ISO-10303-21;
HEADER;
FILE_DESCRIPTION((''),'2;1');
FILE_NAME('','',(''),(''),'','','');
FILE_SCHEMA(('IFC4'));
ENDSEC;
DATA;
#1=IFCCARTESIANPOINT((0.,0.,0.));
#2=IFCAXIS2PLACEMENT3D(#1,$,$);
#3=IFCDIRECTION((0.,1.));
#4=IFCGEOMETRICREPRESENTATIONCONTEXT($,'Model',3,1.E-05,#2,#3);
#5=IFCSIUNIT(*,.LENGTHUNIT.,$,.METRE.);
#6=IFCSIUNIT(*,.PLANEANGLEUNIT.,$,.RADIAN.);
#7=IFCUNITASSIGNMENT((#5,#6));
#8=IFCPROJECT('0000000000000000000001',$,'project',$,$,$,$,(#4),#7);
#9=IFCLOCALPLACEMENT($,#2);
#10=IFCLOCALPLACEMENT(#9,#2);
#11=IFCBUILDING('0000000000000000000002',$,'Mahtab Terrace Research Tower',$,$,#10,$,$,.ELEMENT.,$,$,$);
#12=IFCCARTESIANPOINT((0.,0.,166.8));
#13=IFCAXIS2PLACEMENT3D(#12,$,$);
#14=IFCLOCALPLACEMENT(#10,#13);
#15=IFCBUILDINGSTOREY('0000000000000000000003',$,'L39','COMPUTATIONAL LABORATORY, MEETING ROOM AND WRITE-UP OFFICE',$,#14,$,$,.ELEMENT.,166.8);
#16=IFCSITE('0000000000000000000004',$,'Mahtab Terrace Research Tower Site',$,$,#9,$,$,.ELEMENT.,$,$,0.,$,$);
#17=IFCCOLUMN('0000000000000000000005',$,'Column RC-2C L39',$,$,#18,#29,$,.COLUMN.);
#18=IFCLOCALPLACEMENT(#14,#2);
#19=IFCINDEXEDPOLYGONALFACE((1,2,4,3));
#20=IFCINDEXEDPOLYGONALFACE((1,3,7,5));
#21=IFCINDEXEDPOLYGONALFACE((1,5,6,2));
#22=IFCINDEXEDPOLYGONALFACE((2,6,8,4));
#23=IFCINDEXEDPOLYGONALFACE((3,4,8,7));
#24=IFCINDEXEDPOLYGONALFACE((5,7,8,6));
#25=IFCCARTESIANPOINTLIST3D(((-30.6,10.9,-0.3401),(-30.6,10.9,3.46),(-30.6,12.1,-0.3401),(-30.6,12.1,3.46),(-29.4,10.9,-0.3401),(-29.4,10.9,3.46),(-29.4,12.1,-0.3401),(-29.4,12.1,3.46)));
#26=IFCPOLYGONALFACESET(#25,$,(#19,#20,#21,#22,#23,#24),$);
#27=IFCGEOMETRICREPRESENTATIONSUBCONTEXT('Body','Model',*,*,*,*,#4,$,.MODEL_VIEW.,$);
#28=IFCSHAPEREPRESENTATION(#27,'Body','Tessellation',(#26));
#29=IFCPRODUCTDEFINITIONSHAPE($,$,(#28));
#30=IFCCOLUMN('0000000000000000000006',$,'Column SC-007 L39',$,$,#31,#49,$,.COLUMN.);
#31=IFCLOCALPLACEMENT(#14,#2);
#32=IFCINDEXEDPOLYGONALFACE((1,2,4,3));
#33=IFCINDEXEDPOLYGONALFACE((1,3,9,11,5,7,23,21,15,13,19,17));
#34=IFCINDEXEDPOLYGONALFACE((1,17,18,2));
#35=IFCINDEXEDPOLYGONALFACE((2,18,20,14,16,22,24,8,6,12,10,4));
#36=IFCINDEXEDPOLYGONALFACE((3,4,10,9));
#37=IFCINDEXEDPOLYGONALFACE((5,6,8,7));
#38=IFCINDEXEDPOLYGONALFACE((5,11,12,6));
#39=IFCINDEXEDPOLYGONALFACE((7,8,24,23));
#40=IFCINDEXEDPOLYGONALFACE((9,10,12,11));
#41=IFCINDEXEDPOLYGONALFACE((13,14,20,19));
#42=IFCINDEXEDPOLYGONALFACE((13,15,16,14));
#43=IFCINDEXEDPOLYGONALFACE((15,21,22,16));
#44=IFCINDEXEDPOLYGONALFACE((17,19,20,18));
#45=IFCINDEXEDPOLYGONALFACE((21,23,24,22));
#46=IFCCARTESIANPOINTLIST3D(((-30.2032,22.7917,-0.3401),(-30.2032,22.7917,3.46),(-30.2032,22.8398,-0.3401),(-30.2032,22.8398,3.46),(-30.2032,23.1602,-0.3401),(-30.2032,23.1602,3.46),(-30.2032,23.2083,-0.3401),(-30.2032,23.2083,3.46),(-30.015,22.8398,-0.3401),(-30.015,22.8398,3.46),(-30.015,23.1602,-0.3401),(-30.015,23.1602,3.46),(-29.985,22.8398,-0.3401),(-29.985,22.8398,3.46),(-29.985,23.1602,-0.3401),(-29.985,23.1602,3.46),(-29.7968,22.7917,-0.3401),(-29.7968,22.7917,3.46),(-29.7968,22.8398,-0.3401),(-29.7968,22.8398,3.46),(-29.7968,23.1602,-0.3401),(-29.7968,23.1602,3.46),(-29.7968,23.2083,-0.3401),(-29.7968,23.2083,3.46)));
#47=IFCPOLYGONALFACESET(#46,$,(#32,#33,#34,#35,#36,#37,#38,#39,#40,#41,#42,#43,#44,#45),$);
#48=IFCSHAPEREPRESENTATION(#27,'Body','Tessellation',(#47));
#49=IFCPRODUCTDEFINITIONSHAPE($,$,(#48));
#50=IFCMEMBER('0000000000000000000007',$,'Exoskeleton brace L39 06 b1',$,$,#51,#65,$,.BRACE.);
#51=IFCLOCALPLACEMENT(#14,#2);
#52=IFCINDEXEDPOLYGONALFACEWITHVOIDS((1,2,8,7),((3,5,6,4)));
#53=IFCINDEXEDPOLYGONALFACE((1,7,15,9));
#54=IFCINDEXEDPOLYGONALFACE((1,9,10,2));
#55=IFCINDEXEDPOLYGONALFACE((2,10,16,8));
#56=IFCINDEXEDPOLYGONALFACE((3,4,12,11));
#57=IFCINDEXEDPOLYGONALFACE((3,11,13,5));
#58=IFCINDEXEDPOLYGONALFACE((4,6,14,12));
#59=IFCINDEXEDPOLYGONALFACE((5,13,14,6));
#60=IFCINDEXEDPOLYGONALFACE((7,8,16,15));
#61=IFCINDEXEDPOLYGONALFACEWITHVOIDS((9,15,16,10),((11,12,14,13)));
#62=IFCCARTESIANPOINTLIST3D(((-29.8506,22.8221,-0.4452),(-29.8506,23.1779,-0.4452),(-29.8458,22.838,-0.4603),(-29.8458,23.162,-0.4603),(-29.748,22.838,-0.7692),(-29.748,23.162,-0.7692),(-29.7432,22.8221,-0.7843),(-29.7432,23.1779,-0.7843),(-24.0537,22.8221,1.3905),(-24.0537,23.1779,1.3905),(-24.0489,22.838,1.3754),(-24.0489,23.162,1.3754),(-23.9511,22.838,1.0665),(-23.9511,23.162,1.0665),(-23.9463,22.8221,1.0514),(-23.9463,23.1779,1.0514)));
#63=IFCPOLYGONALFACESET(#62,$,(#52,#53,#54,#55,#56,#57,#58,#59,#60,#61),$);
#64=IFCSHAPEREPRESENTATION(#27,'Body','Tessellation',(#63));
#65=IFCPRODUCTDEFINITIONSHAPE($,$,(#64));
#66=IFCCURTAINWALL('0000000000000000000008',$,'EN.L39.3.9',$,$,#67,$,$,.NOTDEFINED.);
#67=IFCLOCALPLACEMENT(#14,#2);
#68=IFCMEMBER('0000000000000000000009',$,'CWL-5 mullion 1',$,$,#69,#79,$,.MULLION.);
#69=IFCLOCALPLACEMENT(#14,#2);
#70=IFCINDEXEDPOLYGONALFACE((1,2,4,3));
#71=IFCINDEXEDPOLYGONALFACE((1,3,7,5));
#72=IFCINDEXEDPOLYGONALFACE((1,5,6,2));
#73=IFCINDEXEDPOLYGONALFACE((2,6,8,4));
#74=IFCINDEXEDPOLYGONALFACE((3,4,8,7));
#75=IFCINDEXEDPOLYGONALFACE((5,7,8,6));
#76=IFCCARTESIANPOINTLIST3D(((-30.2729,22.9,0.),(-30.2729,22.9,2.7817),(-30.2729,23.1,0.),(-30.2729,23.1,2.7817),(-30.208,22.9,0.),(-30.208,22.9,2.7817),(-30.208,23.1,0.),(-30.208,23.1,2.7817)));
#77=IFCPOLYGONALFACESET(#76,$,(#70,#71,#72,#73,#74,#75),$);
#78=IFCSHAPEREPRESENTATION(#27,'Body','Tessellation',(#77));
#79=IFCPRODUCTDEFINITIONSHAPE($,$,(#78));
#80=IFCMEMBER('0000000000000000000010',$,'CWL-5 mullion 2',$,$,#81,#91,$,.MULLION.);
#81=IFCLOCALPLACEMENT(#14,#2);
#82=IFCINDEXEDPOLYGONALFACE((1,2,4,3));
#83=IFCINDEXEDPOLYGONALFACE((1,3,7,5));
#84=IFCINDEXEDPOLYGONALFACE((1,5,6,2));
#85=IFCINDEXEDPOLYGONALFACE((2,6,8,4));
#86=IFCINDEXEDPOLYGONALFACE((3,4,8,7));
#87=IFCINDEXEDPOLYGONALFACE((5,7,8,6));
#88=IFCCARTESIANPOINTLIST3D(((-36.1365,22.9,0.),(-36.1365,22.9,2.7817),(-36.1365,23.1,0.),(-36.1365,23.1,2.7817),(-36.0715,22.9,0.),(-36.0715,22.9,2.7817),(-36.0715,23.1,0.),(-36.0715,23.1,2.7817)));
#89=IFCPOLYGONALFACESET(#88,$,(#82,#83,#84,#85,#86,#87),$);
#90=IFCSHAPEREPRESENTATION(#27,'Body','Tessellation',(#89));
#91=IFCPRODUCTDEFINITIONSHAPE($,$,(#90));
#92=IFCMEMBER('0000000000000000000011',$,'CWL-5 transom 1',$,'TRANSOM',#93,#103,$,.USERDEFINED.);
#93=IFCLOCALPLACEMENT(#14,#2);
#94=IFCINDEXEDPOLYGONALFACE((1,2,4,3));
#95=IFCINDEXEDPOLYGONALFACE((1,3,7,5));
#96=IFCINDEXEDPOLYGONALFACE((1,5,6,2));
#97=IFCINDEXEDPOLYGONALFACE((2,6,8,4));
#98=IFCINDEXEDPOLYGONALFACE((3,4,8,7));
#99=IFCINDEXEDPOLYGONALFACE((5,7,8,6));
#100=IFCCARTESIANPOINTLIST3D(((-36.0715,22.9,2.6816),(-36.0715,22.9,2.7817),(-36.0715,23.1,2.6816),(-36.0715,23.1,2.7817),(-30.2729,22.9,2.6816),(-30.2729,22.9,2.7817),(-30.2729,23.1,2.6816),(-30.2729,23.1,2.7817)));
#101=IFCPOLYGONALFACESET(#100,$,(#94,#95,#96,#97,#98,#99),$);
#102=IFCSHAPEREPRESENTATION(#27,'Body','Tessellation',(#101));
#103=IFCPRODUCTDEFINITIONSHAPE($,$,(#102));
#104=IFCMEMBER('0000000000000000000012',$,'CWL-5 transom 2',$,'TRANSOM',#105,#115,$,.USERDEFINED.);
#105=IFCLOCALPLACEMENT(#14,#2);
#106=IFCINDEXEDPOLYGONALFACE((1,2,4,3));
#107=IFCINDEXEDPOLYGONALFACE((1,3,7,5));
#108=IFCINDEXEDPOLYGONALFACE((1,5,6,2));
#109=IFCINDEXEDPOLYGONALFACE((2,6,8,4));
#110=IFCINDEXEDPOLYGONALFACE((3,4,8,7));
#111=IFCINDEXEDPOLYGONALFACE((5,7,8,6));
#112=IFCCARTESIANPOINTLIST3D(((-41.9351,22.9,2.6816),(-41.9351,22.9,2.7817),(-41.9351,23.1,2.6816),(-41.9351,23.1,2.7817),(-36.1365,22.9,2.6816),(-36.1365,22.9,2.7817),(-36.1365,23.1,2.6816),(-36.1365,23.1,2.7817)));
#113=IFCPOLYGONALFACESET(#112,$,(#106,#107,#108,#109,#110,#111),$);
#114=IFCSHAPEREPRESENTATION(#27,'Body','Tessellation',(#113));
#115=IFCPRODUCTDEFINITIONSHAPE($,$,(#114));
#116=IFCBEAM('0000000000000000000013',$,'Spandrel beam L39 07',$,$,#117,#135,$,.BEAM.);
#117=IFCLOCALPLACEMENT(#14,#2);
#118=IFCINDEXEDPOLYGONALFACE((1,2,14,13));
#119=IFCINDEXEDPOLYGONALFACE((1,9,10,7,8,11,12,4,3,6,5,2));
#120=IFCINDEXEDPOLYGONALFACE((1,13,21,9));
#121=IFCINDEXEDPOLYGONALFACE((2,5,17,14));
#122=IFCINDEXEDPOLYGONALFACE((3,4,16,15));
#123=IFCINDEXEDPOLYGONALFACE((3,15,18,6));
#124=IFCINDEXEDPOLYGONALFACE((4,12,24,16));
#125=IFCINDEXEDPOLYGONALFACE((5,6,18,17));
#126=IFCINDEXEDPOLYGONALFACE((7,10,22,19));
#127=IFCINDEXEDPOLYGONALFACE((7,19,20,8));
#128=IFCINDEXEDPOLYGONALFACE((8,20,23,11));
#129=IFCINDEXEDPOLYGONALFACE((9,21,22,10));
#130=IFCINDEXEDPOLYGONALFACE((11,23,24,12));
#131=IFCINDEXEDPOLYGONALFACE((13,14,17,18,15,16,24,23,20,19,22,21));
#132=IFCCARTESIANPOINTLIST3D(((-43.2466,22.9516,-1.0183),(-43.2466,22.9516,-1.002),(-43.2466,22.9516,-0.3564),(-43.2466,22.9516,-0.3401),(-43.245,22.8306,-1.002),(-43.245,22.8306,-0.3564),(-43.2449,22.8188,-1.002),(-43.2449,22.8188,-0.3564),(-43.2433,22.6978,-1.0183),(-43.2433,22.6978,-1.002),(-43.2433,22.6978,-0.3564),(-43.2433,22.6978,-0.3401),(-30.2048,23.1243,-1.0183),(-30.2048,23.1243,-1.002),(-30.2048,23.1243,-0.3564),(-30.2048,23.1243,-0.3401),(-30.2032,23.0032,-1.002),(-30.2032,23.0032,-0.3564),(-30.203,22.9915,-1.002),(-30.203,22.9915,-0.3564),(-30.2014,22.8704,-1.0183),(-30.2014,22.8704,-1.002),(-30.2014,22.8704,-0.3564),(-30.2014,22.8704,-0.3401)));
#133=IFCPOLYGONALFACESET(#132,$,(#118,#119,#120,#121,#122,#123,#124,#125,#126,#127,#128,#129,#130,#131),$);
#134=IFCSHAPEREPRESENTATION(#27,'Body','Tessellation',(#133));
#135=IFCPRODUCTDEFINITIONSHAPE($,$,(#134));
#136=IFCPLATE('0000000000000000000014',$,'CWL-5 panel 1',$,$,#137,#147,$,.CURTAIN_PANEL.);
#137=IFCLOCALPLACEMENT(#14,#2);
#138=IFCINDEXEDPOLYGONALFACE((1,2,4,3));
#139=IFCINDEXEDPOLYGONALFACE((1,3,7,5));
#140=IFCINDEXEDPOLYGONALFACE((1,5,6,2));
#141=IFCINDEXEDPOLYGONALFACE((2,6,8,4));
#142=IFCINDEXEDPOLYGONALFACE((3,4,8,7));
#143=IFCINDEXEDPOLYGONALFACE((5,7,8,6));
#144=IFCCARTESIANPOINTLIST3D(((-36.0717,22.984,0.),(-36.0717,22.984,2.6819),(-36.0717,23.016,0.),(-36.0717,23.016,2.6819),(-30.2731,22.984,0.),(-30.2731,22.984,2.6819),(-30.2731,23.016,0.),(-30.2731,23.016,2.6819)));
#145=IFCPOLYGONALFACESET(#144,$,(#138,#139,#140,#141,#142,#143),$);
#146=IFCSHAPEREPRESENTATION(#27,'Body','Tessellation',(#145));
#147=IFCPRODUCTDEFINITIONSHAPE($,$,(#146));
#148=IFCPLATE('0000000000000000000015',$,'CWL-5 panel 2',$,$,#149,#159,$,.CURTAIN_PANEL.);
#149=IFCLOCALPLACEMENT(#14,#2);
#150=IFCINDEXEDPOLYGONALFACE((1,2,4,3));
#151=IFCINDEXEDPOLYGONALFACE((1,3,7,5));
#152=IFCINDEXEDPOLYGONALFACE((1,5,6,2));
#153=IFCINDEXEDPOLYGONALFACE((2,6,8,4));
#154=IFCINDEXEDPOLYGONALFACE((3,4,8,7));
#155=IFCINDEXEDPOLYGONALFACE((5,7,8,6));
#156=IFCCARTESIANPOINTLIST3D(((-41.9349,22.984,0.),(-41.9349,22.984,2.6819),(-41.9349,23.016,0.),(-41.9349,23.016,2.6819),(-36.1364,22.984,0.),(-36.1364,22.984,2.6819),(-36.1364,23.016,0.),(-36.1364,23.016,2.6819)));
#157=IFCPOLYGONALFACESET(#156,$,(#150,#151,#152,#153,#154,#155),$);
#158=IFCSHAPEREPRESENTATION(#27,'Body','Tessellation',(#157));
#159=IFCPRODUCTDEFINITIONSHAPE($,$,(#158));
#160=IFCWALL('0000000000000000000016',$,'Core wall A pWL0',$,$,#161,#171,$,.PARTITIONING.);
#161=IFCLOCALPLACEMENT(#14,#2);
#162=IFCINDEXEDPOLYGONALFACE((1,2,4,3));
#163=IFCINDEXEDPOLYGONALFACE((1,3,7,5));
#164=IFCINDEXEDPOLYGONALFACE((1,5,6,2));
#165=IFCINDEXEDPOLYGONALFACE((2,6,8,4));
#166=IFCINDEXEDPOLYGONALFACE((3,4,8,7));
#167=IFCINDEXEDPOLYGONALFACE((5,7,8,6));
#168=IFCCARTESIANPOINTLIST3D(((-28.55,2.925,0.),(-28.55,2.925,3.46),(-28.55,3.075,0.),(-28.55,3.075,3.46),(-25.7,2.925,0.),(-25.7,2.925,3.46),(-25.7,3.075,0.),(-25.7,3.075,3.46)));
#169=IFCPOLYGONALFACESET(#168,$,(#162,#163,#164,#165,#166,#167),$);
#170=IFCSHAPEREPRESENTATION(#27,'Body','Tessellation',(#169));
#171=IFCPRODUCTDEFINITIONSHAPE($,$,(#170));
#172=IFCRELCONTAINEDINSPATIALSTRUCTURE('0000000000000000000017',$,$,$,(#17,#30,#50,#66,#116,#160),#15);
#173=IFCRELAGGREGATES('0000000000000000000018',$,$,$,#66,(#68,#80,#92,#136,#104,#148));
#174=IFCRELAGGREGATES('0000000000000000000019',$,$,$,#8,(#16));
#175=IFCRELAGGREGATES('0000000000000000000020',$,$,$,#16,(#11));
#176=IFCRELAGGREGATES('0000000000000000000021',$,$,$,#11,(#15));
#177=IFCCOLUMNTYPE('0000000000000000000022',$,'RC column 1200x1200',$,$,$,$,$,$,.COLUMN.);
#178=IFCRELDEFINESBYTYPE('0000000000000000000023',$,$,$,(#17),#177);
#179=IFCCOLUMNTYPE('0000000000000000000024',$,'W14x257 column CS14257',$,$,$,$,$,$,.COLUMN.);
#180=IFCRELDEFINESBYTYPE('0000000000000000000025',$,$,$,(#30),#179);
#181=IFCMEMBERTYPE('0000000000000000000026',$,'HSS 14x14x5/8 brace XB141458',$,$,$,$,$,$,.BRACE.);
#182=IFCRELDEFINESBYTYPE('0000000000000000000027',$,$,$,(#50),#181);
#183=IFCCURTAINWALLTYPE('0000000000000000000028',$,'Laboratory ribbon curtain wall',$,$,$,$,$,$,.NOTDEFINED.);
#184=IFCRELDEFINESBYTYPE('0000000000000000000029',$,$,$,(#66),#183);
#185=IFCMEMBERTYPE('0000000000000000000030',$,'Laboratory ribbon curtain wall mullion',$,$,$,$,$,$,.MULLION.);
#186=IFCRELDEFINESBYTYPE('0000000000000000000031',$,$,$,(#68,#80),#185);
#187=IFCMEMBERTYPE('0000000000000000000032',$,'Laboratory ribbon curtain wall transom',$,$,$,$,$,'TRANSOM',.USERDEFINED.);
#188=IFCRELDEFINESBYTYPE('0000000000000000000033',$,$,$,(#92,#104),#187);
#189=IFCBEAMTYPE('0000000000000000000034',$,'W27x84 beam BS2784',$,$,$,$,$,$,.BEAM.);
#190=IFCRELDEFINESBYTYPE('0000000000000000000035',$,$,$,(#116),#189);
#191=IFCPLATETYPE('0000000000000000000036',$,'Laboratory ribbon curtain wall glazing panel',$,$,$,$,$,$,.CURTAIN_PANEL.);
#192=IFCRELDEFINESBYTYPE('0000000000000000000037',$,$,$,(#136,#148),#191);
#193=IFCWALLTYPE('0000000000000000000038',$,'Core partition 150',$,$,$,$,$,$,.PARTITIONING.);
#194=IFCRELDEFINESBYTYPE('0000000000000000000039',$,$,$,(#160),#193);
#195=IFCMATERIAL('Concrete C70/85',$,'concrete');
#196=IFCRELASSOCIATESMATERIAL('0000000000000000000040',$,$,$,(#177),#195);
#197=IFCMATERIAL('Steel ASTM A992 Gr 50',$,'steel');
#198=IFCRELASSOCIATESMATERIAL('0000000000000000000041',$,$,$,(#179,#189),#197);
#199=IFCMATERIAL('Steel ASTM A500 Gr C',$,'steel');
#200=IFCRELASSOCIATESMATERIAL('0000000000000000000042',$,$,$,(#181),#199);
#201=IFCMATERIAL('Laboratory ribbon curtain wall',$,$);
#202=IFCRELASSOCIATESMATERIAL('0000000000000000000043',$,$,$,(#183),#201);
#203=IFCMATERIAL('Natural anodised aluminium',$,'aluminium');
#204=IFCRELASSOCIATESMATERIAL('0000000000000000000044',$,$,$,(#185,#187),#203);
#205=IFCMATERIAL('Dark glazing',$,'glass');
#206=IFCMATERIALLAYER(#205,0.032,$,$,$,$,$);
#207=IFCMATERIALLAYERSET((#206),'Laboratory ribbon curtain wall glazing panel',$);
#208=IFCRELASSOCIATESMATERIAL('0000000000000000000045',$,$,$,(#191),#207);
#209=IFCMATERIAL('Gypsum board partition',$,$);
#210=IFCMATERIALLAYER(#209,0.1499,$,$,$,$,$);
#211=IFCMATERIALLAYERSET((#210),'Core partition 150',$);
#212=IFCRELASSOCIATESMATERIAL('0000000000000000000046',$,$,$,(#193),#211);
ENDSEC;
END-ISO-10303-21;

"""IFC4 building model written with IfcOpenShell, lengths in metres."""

from ifc_helpers import new_model, si_unit, direction, frame, frame_2d, origin, origin_2d, place, context, subcontext, project, spatial, rectangle, hollow_rectangle, i_section, extrude, material, layer, layer_set, material_profile, profile_set, type_object, element, aggregate, save


model = new_model("IFC4")

# Units and contexts
model_context = context("Model", 3, precision=1e-05, world=origin(), true_north=direction((0.0, 1.0)))
body_context = subcontext(model_context, "Body", "Model", "MODEL_VIEW")
ifc_project = project(units=[si_unit("LENGTHUNIT", "METRE"), si_unit("PLANEANGLEUNIT", "RADIAN")], contexts=[model_context])

# Site, building, storey
site_placement = place(None, origin())
site = spatial("IfcSite", under=ifc_project, at=site_placement, Name="Mahtab Terrace Research Tower Site", CompositionType="ELEMENT", RefElevation=0.0)
building_placement = place(site_placement, origin())
building = spatial("IfcBuilding", under=site, at=building_placement, Name="Mahtab Terrace Research Tower", CompositionType="ELEMENT")
storey_placement = place(building_placement, frame((0.0, 0.0, 166.8)))
storey = spatial("IfcBuildingStorey", under=building, at=storey_placement, Name="L39", Description="COMPUTATIONAL LABORATORY, MEETING ROOM AND WRITE-UP OFFICE", CompositionType="ELEMENT", Elevation=166.8)

# Columns
ifc_material_1 = material(Name="Concrete C70/85", Category="concrete")
ifc_material_profile_1 = material_profile(ifc_material_1, rectangle(XDim=1.2, YDim=1.2, at=origin_2d()), Name="RC column 1200x1200")
ifc_profile_set_1 = profile_set([ifc_material_profile_1], Name="Concrete C70/85")
column_type_1 = type_object("IfcColumnType", Name="RC column 1200x1200", PredefinedType="COLUMN", material=ifc_profile_set_1)
column_1_placement = place(storey_placement, frame((-30.0, 11.5, -0.3401), z_axis=(0.0, 0.0, 1.0), x_axis=(1.0, 0.0, 0.0)))
element("IfcColumn", 1, at=column_1_placement, inside=storey, type_object=column_type_1, Name="Column RC-2C L39", PredefinedType="COLUMN", context=body_context, shape_type="SweptSolid", body=[
    extrude(rectangle(XDim=1.2, YDim=1.2, at=origin_2d()), origin(), (0.0, 0.0, 1.0), 3.8),
])
ifc_material_2 = material(Name="Steel ASTM A992 Gr 50", Category="steel")
ifc_material_profile_2 = material_profile(ifc_material_2, i_section(OverallWidth=0.4065, OverallDepth=0.4165, WebThickness=0.03, FlangeThickness=0.0481, at=origin_2d()), Name="W14X257")
ifc_profile_set_2 = profile_set([ifc_material_profile_2], Name="Steel ASTM A992 Gr 50")
column_type_2 = type_object("IfcColumnType", Name="W14x257 column CS14257", PredefinedType="COLUMN", material=ifc_profile_set_2)
column_2_placement = place(storey_placement, frame((-30.0, 23.0, -0.3401), z_axis=(0.0, 0.0, 1.0), x_axis=(1.0, 0.0, 0.0)))
element("IfcColumn", 2, at=column_2_placement, inside=storey, type_object=column_type_2, Name="Column SC-007 L39", PredefinedType="COLUMN", context=body_context, shape_type="SweptSolid", body=[
    extrude(i_section(OverallWidth=0.4065, OverallDepth=0.4165, WebThickness=0.03, FlangeThickness=0.0481, at=origin_2d()), origin(), (0.0, 0.0, 1.0), 3.8),
])

# Member
ifc_material_3 = material(Name="Steel ASTM A500 Gr C", Category="steel")
ifc_material_profile_3 = material_profile(ifc_material_3, hollow_rectangle(XDim=0.3557, YDim=0.3557, WallThickness=0.0159, at=origin_2d()), Name="HSS14X14X5/8")
ifc_profile_set_3 = profile_set([ifc_material_profile_3], Name="Steel ASTM A500 Gr C")
member_type_1 = type_object("IfcMemberType", Name="HSS 14x14x5/8 brace XB141458", PredefinedType="BRACE", material=ifc_profile_set_3)
member_1_placement = place(storey_placement, frame((-29.7969, 23.0, -0.6147), z_axis=(0.953341, 0.0, 0.301894), x_axis=(0.0, 1.0, 0.0)))
element("IfcMember", 3, at=member_1_placement, inside=storey, type_object=member_type_1, Name="Exoskeleton brace L39 06 b1", PredefinedType="BRACE", context=body_context, shape_type="SweptSolid", body=[
    extrude(hollow_rectangle(XDim=0.3557, YDim=0.3557, WallThickness=0.0159, at=origin_2d()), origin(), (0.0, 0.0, 1.0), 6.0806),
])

# Curtain wall, members
ifc_material_4 = material(Name="Laboratory ribbon curtain wall")
curtain_wall_type = type_object("IfcCurtainWallType", Name="Laboratory ribbon curtain wall", PredefinedType="NOTDEFINED", material=ifc_material_4)
curtain_wall_placement = place(storey_placement, origin())
curtain_wall = element("IfcCurtainWall", 4, at=curtain_wall_placement, inside=storey, type_object=curtain_wall_type, Name="EN.L39.3.9", PredefinedType="NOTDEFINED")
ifc_material_5 = material(Name="Natural anodised aluminium", Category="aluminium")
ifc_material_profile_4 = material_profile(ifc_material_5, rectangle(XDim=0.2, YDim=0.0649, at=origin_2d()), Name="MULLION 65x200")
ifc_profile_set_4 = profile_set([ifc_material_profile_4], Name="Natural anodised aluminium")
member_type_2 = type_object("IfcMemberType", Name="Laboratory ribbon curtain wall mullion", PredefinedType="MULLION", material=ifc_profile_set_4)
member_2_placement = place(storey_placement, frame((-30.2405, 23.0, 0.0), z_axis=(0.0, 0.0, 1.0), x_axis=(0.0, -1.0, 0.0)))
member_2 = element("IfcMember", 5, at=member_2_placement, type_object=member_type_2, Name="CWL-5 mullion 1", PredefinedType="MULLION", context=body_context, shape_type="SweptSolid", body=[
    extrude(rectangle(XDim=0.2, YDim=0.0649, at=origin_2d()), origin(), (0.0, 0.0, 1.0), 2.7817),
])
member_3_placement = place(storey_placement, frame((-36.104, 23.0, 0.0), z_axis=(0.0, 0.0, 1.0), x_axis=(0.0, -1.0, 0.0)))
member_3 = element("IfcMember", 6, at=member_3_placement, type_object=member_type_2, Name="CWL-5 mullion 2", PredefinedType="MULLION", context=body_context, shape_type="SweptSolid", body=[
    extrude(rectangle(XDim=0.2, YDim=0.0649, at=origin_2d()), origin(), (0.0, 0.0, 1.0), 2.7817),
])
ifc_material_profile_5 = material_profile(ifc_material_5, rectangle(XDim=0.2, YDim=0.1001, at=origin_2d()), Name="TRANSOM 100x200")
ifc_profile_set_5 = profile_set([ifc_material_profile_5], Name="Natural anodised aluminium")
member_type_3 = type_object("IfcMemberType", Name="Laboratory ribbon curtain wall transom", ElementType="TRANSOM", PredefinedType="USERDEFINED", material=ifc_profile_set_5)
member_4_placement = place(storey_placement, frame((-30.2729, 23.0, 2.7317), z_axis=(-1.0, 0.0, 0.0), x_axis=(0.0, -1.0, 0.0)))
member_4 = element("IfcMember", 7, at=member_4_placement, type_object=member_type_3, Name="CWL-5 transom 1", ObjectType="TRANSOM", PredefinedType="USERDEFINED", context=body_context, shape_type="SweptSolid", body=[
    extrude(rectangle(XDim=0.2, YDim=0.1001, at=origin_2d()), origin(), (0.0, 0.0, 1.0), 5.7986),
])
member_5_placement = place(storey_placement, frame((-36.1365, 23.0, 2.7317), z_axis=(-1.0, 0.0, 0.0), x_axis=(0.0, -1.0, 0.0)))
member_5 = element("IfcMember", 8, at=member_5_placement, type_object=member_type_3, Name="CWL-5 transom 2", ObjectType="TRANSOM", PredefinedType="USERDEFINED", context=body_context, shape_type="SweptSolid", body=[
    extrude(rectangle(XDim=0.2, YDim=0.1001, at=origin_2d()), origin(), (0.0, 0.0, 1.0), 5.7986),
])

# Beam
ifc_material_profile_6 = material_profile(ifc_material_2, i_section(OverallWidth=0.2539, OverallDepth=0.6782, WebThickness=0.0117, FlangeThickness=0.0164, at=origin_2d()), Name="W27X84")
ifc_profile_set_6 = profile_set([ifc_material_profile_6], Name="Steel ASTM A992 Gr 50")
beam_type = type_object("IfcBeamType", Name="W27x84 beam BS2784", PredefinedType="BEAM", material=ifc_profile_set_6)
beam_placement = place(storey_placement, frame((-30.2031, 22.9973, -0.6792), z_axis=(-0.999912, -0.013234, 0.0), x_axis=(0.013234, -0.999912, 0.0)))
element("IfcBeam", 9, at=beam_placement, inside=storey, type_object=beam_type, Name="Spandrel beam L39 07", PredefinedType="BEAM", context=body_context, shape_type="SweptSolid", body=[
    extrude(i_section(OverallWidth=0.2539, OverallDepth=0.6782, WebThickness=0.0117, FlangeThickness=0.0164, at=origin_2d()), origin(), (0.0, 0.0, 1.0), 13.043),
])

# Plates
ifc_material_6 = material(Name="Dark glazing", Category="glass")
ifc_layer_1 = layer(ifc_material_6, 0.032)
ifc_layer_set_1 = layer_set([ifc_layer_1], Name="Laboratory ribbon curtain wall glazing panel")
plate_type = type_object("IfcPlateType", Name="Laboratory ribbon curtain wall glazing panel", PredefinedType="CURTAIN_PANEL", material=ifc_layer_set_1)
plate_1_placement = place(storey_placement, frame((-33.1724, 23.0, 0.0), z_axis=(0.0, 0.0, 1.0), x_axis=(-1.0, 0.0, 0.0)))
plate_1 = element("IfcPlate", 10, at=plate_1_placement, type_object=plate_type, Name="CWL-5 panel 1", PredefinedType="CURTAIN_PANEL", context=body_context, shape_type="SweptSolid", body=[
    extrude(rectangle(XDim=5.7986, YDim=0.032, at=origin_2d()), origin(), (0.0, 0.0, 1.0), 2.6819),
])
plate_2_placement = place(storey_placement, frame((-39.0356, 23.0, 0.0), z_axis=(0.0, 0.0, 1.0), x_axis=(-1.0, 0.0, 0.0)))
plate_2 = element("IfcPlate", 11, at=plate_2_placement, type_object=plate_type, Name="CWL-5 panel 2", PredefinedType="CURTAIN_PANEL", context=body_context, shape_type="SweptSolid", body=[
    extrude(rectangle(XDim=5.7986, YDim=0.032, at=origin_2d()), origin(), (0.0, 0.0, 1.0), 2.6819),
])
aggregate(curtain_wall, [member_2, member_3, member_4, plate_1, member_5, plate_2])

# Wall
ifc_material_7 = material(Name="Gypsum board partition")
ifc_layer_2 = layer(ifc_material_7, 0.1499)
ifc_layer_set_2 = layer_set([ifc_layer_2], Name="Core partition 150")
wall_type_1 = type_object("IfcWallType", Name="Core partition 150", PredefinedType="PARTITIONING", material=ifc_layer_set_2)
wall_1_placement = place(storey_placement, frame((-28.55, 3.0, 0.0), z_axis=(0.0, 0.0, 1.0), x_axis=(1.0, 0.0, 0.0)))
element("IfcWall", 12, at=wall_1_placement, inside=storey, type_object=wall_type_1, Name="Core wall A pWL0", PredefinedType="PARTITIONING", context=body_context, shape_type="SweptSolid", body=[
    extrude(rectangle(XDim=2.8501, YDim=0.1499, at=frame_2d((1.425, 0.0))), origin(), (0.0, 0.0, 1.0), 3.46),
])

save(model, "model.ifc")
